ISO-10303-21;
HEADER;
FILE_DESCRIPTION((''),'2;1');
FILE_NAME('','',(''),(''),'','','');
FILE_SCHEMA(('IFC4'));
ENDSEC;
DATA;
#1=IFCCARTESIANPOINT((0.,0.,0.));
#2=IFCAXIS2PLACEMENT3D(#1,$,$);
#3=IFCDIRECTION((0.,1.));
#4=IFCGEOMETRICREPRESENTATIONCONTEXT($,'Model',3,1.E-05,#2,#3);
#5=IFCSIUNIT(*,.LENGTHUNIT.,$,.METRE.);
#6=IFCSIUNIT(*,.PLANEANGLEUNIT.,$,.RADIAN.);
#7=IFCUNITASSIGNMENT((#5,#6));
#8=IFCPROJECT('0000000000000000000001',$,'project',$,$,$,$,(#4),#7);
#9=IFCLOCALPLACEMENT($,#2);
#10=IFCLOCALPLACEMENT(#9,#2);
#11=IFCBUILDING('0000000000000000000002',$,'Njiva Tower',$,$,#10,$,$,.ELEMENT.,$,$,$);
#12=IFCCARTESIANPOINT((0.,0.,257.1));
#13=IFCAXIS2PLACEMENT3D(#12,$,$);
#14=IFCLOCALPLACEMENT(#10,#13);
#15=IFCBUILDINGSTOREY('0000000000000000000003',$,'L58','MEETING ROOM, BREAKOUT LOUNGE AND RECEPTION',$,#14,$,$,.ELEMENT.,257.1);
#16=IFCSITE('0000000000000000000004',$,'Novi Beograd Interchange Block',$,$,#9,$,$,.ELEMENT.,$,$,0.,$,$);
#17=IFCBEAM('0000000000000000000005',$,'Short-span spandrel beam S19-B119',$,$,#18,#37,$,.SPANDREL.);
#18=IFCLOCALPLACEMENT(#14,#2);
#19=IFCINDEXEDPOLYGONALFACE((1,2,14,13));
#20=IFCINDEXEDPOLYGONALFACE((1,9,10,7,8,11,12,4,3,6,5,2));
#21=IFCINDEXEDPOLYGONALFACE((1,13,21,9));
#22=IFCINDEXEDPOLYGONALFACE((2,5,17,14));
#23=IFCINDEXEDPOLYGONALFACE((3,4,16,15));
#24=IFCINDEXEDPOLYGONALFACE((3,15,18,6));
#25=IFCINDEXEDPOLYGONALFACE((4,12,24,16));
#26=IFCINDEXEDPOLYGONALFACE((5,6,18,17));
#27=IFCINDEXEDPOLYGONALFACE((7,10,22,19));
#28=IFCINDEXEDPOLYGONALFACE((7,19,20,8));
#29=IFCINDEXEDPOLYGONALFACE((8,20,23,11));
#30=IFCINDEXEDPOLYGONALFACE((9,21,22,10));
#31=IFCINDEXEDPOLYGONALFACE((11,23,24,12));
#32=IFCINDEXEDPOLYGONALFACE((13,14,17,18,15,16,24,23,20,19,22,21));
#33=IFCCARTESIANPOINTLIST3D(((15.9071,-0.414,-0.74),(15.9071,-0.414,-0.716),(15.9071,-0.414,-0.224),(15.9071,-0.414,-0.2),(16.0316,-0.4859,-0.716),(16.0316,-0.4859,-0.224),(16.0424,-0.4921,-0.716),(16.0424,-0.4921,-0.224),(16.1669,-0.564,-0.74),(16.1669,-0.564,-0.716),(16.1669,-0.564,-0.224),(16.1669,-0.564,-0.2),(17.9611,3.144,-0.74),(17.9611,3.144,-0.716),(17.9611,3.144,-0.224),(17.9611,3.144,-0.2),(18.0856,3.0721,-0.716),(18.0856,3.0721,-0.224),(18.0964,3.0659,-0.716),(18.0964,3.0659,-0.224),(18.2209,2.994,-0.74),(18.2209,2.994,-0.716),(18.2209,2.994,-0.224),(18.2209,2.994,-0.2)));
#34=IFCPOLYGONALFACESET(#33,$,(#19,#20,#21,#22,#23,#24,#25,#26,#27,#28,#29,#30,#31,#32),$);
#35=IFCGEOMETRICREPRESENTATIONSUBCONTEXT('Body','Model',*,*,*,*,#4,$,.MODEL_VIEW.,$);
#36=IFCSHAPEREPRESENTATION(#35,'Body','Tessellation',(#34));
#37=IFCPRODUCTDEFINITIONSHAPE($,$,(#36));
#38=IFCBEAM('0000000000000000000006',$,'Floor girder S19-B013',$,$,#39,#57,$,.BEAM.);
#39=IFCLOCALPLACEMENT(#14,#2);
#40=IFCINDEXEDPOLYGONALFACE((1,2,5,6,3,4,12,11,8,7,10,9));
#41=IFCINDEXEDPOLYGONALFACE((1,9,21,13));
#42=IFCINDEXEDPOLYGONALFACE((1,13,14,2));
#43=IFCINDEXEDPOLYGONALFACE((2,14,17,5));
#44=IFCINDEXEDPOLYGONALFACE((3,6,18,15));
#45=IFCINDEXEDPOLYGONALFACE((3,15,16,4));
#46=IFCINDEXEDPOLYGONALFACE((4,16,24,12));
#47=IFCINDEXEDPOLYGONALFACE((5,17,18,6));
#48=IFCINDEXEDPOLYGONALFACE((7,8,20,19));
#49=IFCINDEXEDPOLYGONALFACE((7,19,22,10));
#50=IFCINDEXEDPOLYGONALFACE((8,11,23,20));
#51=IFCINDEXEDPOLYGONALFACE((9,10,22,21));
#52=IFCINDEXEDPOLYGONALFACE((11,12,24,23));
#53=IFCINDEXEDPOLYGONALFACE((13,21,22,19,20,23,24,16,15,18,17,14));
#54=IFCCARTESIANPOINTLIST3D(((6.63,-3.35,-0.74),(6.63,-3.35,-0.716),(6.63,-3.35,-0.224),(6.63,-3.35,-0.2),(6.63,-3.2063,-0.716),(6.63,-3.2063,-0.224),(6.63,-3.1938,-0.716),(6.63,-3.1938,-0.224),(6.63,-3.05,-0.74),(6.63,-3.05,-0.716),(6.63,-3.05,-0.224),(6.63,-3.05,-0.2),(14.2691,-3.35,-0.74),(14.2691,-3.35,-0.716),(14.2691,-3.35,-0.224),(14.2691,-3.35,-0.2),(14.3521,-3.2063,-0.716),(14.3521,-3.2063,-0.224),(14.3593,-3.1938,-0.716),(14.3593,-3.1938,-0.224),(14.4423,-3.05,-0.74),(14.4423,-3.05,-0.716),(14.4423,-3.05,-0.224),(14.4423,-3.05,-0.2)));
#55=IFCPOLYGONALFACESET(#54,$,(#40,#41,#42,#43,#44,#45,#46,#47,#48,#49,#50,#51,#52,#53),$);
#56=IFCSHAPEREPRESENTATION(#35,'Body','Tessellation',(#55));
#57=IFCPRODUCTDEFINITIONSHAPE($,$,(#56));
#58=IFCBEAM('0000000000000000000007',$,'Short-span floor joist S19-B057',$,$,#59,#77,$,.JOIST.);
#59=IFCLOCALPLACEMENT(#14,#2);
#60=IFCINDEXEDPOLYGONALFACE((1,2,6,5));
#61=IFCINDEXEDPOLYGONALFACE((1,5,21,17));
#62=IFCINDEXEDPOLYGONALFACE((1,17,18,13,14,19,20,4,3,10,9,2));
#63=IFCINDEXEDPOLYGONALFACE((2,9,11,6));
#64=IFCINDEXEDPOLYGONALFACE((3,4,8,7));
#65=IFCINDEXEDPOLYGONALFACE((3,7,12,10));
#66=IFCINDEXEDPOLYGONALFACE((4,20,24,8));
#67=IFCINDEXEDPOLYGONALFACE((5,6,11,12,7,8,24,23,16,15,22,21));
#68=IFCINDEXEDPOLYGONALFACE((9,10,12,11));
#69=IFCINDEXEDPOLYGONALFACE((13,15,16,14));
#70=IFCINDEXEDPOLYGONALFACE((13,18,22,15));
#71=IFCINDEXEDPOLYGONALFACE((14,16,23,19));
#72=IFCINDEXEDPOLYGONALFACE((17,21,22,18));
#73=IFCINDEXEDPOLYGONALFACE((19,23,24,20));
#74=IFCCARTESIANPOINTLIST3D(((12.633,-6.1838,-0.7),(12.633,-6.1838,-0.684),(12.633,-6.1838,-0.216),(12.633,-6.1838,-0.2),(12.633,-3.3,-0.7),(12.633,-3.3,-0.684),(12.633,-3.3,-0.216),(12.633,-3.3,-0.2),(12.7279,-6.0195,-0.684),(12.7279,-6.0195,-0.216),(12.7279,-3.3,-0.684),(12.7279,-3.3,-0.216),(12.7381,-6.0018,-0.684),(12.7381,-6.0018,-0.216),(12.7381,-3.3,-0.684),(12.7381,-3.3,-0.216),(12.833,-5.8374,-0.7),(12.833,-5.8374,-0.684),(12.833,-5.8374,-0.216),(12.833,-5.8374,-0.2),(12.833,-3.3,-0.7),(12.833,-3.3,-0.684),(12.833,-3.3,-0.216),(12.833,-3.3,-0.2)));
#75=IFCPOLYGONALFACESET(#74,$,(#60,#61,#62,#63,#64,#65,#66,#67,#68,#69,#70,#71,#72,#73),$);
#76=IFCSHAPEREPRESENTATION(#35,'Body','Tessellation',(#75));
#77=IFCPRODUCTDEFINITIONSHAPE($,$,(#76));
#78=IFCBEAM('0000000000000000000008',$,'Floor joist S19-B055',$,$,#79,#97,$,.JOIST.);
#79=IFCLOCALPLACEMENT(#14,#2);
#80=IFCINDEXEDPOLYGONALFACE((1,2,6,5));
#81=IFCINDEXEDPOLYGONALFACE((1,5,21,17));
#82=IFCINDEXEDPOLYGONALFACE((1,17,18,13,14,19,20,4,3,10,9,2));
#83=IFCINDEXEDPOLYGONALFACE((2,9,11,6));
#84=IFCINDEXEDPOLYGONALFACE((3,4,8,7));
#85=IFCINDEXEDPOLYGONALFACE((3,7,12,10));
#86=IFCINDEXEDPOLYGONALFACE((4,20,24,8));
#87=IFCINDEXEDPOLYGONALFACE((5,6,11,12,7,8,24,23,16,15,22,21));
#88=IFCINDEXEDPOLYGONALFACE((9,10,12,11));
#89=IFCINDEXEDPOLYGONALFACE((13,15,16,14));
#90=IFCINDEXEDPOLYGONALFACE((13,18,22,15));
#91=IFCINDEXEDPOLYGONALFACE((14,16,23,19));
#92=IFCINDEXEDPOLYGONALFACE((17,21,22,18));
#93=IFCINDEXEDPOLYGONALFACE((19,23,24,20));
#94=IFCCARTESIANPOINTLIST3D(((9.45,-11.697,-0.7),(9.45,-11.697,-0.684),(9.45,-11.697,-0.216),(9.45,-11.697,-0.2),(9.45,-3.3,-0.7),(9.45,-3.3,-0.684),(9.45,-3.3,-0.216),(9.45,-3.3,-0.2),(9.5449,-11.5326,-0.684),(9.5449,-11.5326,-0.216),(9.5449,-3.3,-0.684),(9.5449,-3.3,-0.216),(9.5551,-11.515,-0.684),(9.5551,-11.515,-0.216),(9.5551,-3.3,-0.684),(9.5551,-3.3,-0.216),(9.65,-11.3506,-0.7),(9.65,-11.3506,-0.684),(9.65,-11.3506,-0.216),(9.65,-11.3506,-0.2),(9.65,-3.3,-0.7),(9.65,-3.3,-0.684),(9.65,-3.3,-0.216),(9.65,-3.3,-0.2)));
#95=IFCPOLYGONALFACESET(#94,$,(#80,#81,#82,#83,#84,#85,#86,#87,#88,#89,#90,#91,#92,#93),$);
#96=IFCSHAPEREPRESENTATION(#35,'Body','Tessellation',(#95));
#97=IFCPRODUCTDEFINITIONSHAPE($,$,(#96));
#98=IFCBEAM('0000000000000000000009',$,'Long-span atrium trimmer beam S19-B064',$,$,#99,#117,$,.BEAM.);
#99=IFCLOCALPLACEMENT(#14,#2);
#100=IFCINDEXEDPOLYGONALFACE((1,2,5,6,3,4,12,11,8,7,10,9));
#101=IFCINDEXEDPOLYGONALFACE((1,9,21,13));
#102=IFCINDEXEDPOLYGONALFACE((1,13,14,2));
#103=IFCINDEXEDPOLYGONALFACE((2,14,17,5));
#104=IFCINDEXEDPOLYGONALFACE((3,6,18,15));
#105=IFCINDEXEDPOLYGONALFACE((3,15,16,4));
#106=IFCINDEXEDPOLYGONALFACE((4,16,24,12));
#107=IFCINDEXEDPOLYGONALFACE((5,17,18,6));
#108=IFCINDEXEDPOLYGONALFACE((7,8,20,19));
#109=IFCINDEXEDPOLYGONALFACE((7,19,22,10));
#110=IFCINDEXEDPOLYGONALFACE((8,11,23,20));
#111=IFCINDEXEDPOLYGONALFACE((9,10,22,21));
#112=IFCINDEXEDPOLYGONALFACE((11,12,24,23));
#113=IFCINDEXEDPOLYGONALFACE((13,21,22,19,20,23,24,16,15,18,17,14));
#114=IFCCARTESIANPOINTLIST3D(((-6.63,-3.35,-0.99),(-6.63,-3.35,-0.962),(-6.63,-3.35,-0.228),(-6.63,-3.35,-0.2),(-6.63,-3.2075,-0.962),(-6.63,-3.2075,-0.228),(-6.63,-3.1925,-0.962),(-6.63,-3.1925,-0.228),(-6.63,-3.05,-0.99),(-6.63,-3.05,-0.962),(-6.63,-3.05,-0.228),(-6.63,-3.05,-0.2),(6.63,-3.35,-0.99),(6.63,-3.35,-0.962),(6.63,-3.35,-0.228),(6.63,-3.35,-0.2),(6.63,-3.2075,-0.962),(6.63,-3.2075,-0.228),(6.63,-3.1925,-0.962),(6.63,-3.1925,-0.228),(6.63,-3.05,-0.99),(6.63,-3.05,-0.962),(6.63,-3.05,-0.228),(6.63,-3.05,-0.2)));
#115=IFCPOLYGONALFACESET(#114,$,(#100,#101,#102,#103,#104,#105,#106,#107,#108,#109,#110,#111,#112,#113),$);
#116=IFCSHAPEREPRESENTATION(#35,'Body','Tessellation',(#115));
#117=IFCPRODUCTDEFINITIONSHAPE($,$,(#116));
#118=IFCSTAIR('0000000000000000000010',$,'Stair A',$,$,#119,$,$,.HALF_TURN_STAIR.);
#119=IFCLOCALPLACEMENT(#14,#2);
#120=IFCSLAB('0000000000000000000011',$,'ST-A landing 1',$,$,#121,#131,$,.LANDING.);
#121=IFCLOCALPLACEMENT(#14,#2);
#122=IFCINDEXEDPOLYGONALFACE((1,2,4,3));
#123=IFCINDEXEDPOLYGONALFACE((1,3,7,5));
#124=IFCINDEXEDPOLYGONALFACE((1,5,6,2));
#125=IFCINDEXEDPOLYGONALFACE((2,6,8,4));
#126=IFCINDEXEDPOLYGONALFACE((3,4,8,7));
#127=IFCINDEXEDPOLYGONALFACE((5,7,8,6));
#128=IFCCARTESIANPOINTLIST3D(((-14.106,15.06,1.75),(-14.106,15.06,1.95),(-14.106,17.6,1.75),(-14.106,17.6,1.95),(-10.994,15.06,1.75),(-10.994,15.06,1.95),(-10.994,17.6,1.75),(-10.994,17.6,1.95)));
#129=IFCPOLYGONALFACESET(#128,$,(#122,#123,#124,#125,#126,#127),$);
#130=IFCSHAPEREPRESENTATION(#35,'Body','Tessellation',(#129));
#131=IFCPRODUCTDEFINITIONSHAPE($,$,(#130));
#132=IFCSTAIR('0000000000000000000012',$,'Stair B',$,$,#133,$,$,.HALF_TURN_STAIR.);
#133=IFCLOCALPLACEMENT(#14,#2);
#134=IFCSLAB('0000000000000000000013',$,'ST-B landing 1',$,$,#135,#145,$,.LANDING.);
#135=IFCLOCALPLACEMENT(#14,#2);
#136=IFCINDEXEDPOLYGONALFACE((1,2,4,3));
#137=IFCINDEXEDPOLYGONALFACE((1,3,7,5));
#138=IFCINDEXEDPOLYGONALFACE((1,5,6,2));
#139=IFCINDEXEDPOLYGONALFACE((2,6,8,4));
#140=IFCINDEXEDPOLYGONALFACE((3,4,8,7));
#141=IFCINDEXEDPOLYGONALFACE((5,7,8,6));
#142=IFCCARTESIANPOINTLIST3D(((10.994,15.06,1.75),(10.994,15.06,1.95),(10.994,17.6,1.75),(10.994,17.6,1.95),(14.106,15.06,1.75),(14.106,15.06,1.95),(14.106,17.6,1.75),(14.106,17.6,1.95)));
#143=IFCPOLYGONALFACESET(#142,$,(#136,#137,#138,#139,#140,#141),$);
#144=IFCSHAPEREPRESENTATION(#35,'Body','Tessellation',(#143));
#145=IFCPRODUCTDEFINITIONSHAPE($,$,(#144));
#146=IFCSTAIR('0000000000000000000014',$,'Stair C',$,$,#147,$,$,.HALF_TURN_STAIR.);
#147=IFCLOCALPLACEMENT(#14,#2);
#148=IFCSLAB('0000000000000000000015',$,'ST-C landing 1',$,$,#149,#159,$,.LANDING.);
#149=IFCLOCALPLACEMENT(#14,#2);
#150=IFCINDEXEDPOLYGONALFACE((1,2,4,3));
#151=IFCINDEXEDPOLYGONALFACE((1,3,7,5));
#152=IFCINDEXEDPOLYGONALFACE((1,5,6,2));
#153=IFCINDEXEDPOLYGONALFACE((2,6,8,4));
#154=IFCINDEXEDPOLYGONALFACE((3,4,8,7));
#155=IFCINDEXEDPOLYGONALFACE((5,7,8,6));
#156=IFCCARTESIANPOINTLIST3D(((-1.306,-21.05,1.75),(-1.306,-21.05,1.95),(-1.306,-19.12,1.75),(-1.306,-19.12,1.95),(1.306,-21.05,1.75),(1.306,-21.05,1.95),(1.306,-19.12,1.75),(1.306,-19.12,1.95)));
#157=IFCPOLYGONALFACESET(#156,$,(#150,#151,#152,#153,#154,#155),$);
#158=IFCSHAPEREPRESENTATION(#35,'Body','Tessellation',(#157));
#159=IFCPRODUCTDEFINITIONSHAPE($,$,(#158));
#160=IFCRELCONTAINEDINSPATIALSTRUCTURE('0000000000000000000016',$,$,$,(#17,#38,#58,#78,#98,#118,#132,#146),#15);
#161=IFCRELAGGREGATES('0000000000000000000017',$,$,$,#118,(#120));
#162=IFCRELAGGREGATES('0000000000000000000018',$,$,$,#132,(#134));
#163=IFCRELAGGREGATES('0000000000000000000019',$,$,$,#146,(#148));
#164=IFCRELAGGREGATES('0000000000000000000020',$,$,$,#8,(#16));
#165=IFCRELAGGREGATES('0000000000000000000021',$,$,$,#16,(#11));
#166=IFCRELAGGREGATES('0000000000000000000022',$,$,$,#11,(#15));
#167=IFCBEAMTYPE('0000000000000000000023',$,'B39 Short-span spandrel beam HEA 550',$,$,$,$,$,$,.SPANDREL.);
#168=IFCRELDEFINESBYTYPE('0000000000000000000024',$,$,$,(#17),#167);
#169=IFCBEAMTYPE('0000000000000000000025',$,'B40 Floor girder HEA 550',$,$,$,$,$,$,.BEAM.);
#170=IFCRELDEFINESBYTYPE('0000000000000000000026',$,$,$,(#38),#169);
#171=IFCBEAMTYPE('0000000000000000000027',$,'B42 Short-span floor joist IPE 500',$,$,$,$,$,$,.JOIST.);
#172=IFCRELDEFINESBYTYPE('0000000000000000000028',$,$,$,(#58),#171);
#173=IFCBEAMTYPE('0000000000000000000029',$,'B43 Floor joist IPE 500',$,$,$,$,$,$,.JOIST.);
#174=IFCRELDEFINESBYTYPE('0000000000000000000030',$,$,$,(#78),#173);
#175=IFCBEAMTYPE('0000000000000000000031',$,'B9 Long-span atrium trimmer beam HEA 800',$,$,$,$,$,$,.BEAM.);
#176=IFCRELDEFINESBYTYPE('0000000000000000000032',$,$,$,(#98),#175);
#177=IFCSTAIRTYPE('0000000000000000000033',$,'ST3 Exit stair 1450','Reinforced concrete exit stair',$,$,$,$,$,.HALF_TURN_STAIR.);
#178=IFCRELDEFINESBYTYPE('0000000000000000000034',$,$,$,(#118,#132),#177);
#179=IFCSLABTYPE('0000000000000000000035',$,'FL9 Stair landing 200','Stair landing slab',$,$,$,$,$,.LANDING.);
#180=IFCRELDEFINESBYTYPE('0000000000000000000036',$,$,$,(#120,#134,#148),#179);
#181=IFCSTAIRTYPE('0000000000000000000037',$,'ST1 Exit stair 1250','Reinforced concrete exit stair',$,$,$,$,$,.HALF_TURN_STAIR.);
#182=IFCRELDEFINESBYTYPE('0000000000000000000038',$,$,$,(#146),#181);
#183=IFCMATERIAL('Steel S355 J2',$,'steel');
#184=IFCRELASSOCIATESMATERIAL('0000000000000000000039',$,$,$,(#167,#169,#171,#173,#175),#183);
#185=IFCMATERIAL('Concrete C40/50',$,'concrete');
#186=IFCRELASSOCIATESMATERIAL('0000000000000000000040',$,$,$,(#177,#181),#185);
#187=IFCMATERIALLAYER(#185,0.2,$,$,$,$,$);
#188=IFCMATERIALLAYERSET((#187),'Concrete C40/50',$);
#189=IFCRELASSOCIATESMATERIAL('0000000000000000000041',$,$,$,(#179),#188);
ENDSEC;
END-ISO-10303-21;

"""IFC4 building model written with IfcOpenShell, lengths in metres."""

from ifc_helpers import new_model, si_unit, direction, frame, origin, origin_2d, place, context, subcontext, project, spatial, polyline, i_section, outline, extrude, clip, halfspace, material, layer, layer_set, material_profile, profile_set, type_object, element, aggregate, save


model = new_model("IFC4")

# Units and contexts
model_context = context("Model", 3, precision=1e-05, world=origin(), true_north=direction((0.0, 1.0)))
body_context = subcontext(model_context, "Body", "Model", "MODEL_VIEW")
ifc_project = project(units=[si_unit("LENGTHUNIT", "METRE"), si_unit("PLANEANGLEUNIT", "RADIAN")], contexts=[model_context])

# Site, building, storey
site_placement = place(None, origin())
site = spatial("IfcSite", under=ifc_project, at=site_placement, Name="Novi Beograd Interchange Block", CompositionType="ELEMENT", RefElevation=0.0)
building_placement = place(site_placement, origin())
building = spatial("IfcBuilding", under=site, at=building_placement, Name="Njiva Tower", CompositionType="ELEMENT")
storey_placement = place(building_placement, frame((0.0, 0.0, 257.1)))
storey = spatial("IfcBuildingStorey", under=building, at=storey_placement, Name="L58", Description="MEETING ROOM, BREAKOUT LOUNGE AND RECEPTION", CompositionType="ELEMENT", Elevation=257.1)

# Shared definitions
ifc_material_1 = material(Name="Steel S355 J2", Category="steel")

# Beams
ifc_material_profile_1 = material_profile(ifc_material_1, i_section(OverallWidth=0.3, OverallDepth=0.54, WebThickness=0.0125, FlangeThickness=0.024, at=origin_2d()), Name="HEA 550")
ifc_profile_set_1 = profile_set([ifc_material_profile_1], Name="Steel S355 J2")
beam_type_1 = type_object("IfcBeamType", Name="B39 Short-span spandrel beam HEA 550", PredefinedType="SPANDREL", material=ifc_profile_set_1)
beam_1_placement = place(storey_placement, frame((16.037, -0.489, -0.47), z_axis=(0.499961, 0.866048, 0.0), x_axis=(-0.866048, 0.499961, 0.0)))
element("IfcBeam", 1, at=beam_1_placement, inside=storey, type_object=beam_type_1, Name="Short-span spandrel beam S19-B119", PredefinedType="SPANDREL", context=body_context, shape_type="SweptSolid", body=[
    extrude(i_section(OverallWidth=0.3, OverallDepth=0.54, WebThickness=0.0125, FlangeThickness=0.024, at=origin_2d()), origin(), (0.0, 0.0, 1.0), 4.1083),
])
ifc_material_profile_2 = material_profile(ifc_material_1, i_section(OverallWidth=0.3, OverallDepth=0.54, WebThickness=0.0125, FlangeThickness=0.024, at=origin_2d()), Name="HEA 550")
ifc_profile_set_2 = profile_set([ifc_material_profile_2], Name="Steel S355 J2")
beam_type_2 = type_object("IfcBeamType", Name="B40 Floor girder HEA 550", PredefinedType="BEAM", material=ifc_profile_set_2)
beam_2_placement = place(storey_placement, frame((6.63, -3.2, -0.47), z_axis=(1.0, 0.0, 0.0), x_axis=(0.0, 1.0, 0.0)))
element("IfcBeam", 2, at=beam_2_placement, inside=storey, type_object=beam_type_2, Name="Floor girder S19-B013", PredefinedType="BEAM", context=body_context, shape_type="Clipping", body=[
    clip(extrude(i_section(OverallWidth=0.3, OverallDepth=0.54, WebThickness=0.0125, FlangeThickness=0.024, at=origin_2d()), origin(), (0.0, 0.0, 1.0), 7.833), halfspace(frame((-0.025, 0.0, 7.7113), z_axis=(-0.499998, 0.0, 0.866027), x_axis=(0.0, 1.0, 0.0)), False)),
])
ifc_material_profile_3 = material_profile(ifc_material_1, i_section(OverallWidth=0.2, OverallDepth=0.5, WebThickness=0.0102, FlangeThickness=0.016, at=origin_2d()), Name="IPE 500")
ifc_profile_set_3 = profile_set([ifc_material_profile_3], Name="Steel S355 J2")
beam_type_3 = type_object("IfcBeamType", Name="B42 Short-span floor joist IPE 500", PredefinedType="JOIST", material=ifc_profile_set_3)
beam_3_placement = place(storey_placement, frame((12.733, -3.3, -0.45), z_axis=(0.0, -1.0, 0.0), x_axis=(1.0, 0.0, 0.0)))
element("IfcBeam", 3, at=beam_3_placement, inside=storey, type_object=beam_type_3, Name="Short-span floor joist S19-B057", PredefinedType="JOIST", context=body_context, shape_type="Clipping", body=[
    clip(extrude(i_section(OverallWidth=0.2, OverallDepth=0.5, WebThickness=0.0102, FlangeThickness=0.016, at=origin_2d()), origin(), (0.0, 0.0, 1.0), 2.903), halfspace(frame((0.0436, 0.0, 2.6351), z_axis=(0.866027, 0.0, 0.499998), x_axis=(0.0, 1.0, 0.0)), False)),
])
ifc_material_profile_4 = material_profile(ifc_material_1, i_section(OverallWidth=0.2, OverallDepth=0.5, WebThickness=0.0102, FlangeThickness=0.016, at=origin_2d()), Name="IPE 500")
ifc_profile_set_4 = profile_set([ifc_material_profile_4], Name="Steel S355 J2")
beam_type_4 = type_object("IfcBeamType", Name="B43 Floor joist IPE 500", PredefinedType="JOIST", material=ifc_profile_set_4)
beam_4_placement = place(storey_placement, frame((9.55, -3.3, -0.45), z_axis=(0.0, -1.0, 0.0), x_axis=(1.0, 0.0, 0.0)))
element("IfcBeam", 4, at=beam_4_placement, inside=storey, type_object=beam_type_4, Name="Floor joist S19-B055", PredefinedType="JOIST", context=body_context, shape_type="Clipping", body=[
    clip(extrude(i_section(OverallWidth=0.2, OverallDepth=0.5, WebThickness=0.0102, FlangeThickness=0.016, at=origin_2d()), origin(), (0.0, 0.0, 1.0), 8.417), halfspace(frame((0.0433, 0.0, 8.1488), z_axis=(0.866027, 0.0, 0.499998), x_axis=(0.0, 1.0, 0.0)), False)),
])
ifc_material_profile_5 = material_profile(ifc_material_1, i_section(OverallWidth=0.3, OverallDepth=0.79, WebThickness=0.015, FlangeThickness=0.028, at=origin_2d()), Name="HEA 800")
ifc_profile_set_5 = profile_set([ifc_material_profile_5], Name="Steel S355 J2")
beam_type_5 = type_object("IfcBeamType", Name="B9 Long-span atrium trimmer beam HEA 800", PredefinedType="BEAM", material=ifc_profile_set_5)
beam_5_placement = place(storey_placement, frame((6.63, -3.2, -0.595), z_axis=(-1.0, 0.0, 0.0), x_axis=(0.0, -1.0, 0.0)))
element("IfcBeam", 5, at=beam_5_placement, inside=storey, type_object=beam_type_5, Name="Long-span atrium trimmer beam S19-B064", PredefinedType="BEAM", context=body_context, shape_type="SweptSolid", body=[
    extrude(i_section(OverallWidth=0.3, OverallDepth=0.79, WebThickness=0.015, FlangeThickness=0.028, at=origin_2d()), origin(), (0.0, 0.0, 1.0), 13.26),
])

# Stairs, slabs
ifc_material_2 = material(Name="Concrete C40/50", Category="concrete")
stair_type_1 = type_object("IfcStairType", Name="ST3 Exit stair 1450", Description="Reinforced concrete exit stair", PredefinedType="HALF_TURN_STAIR", material=ifc_material_2)
stair_1_placement = place(storey_placement, origin())
stair_1 = element("IfcStair", 6, at=stair_1_placement, inside=storey, type_object=stair_type_1, Name="Stair A", PredefinedType="HALF_TURN_STAIR")
ifc_layer_1 = layer(ifc_material_2, 0.2)
ifc_layer_set_1 = layer_set([ifc_layer_1], Name="Concrete C40/50")
slab_type_1 = type_object("IfcSlabType", Name="FL9 Stair landing 200", Description="Stair landing slab", PredefinedType="LANDING", material=ifc_layer_set_1)
slab_1_placement = place(storey_placement, frame((0.0, 0.0, 1.75)))
slab_1 = element("IfcSlab", 7, at=slab_1_placement, type_object=slab_type_1, Name="ST-A landing 1", PredefinedType="LANDING", context=body_context, shape_type="SweptSolid", body=[
    extrude(outline(polyline([(-14.106, 15.06), (-10.994, 15.06), (-10.994, 17.6), (-14.106, 17.6), (-14.106, 15.06)])), origin(), (0.0, 0.0, 1.0), 0.2),
])
aggregate(stair_1, [slab_1])
stair_2_placement = place(storey_placement, origin())
stair_2 = element("IfcStair", 8, at=stair_2_placement, inside=storey, type_object=stair_type_1, Name="Stair B", PredefinedType="HALF_TURN_STAIR")
slab_2_placement = place(storey_placement, frame((0.0, 0.0, 1.75)))
slab_2 = element("IfcSlab", 9, at=slab_2_placement, type_object=slab_type_1, Name="ST-B landing 1", PredefinedType="LANDING", context=body_context, shape_type="SweptSolid", body=[
    extrude(outline(polyline([(10.994, 15.06), (14.106, 15.06), (14.106, 17.6), (10.994, 17.6), (10.994, 15.06)])), origin(), (0.0, 0.0, 1.0), 0.2),
])
aggregate(stair_2, [slab_2])
stair_type_2 = type_object("IfcStairType", Name="ST1 Exit stair 1250", Description="Reinforced concrete exit stair", PredefinedType="HALF_TURN_STAIR", material=ifc_material_2)
stair_3_placement = place(storey_placement, origin())
stair_3 = element("IfcStair", 10, at=stair_3_placement, inside=storey, type_object=stair_type_2, Name="Stair C", PredefinedType="HALF_TURN_STAIR")
slab_3_placement = place(storey_placement, frame((0.0, 0.0, 1.75)))
slab_3 = element("IfcSlab", 11, at=slab_3_placement, type_object=slab_type_1, Name="ST-C landing 1", PredefinedType="LANDING", context=body_context, shape_type="SweptSolid", body=[
    extrude(outline(polyline([(-1.306, -21.05), (1.306, -21.05), (1.306, -19.12), (-1.306, -19.12), (-1.306, -21.05)])), origin(), (0.0, 0.0, 1.0), 0.2),
])
aggregate(stair_3, [slab_3])

save(model, "model.ifc")
